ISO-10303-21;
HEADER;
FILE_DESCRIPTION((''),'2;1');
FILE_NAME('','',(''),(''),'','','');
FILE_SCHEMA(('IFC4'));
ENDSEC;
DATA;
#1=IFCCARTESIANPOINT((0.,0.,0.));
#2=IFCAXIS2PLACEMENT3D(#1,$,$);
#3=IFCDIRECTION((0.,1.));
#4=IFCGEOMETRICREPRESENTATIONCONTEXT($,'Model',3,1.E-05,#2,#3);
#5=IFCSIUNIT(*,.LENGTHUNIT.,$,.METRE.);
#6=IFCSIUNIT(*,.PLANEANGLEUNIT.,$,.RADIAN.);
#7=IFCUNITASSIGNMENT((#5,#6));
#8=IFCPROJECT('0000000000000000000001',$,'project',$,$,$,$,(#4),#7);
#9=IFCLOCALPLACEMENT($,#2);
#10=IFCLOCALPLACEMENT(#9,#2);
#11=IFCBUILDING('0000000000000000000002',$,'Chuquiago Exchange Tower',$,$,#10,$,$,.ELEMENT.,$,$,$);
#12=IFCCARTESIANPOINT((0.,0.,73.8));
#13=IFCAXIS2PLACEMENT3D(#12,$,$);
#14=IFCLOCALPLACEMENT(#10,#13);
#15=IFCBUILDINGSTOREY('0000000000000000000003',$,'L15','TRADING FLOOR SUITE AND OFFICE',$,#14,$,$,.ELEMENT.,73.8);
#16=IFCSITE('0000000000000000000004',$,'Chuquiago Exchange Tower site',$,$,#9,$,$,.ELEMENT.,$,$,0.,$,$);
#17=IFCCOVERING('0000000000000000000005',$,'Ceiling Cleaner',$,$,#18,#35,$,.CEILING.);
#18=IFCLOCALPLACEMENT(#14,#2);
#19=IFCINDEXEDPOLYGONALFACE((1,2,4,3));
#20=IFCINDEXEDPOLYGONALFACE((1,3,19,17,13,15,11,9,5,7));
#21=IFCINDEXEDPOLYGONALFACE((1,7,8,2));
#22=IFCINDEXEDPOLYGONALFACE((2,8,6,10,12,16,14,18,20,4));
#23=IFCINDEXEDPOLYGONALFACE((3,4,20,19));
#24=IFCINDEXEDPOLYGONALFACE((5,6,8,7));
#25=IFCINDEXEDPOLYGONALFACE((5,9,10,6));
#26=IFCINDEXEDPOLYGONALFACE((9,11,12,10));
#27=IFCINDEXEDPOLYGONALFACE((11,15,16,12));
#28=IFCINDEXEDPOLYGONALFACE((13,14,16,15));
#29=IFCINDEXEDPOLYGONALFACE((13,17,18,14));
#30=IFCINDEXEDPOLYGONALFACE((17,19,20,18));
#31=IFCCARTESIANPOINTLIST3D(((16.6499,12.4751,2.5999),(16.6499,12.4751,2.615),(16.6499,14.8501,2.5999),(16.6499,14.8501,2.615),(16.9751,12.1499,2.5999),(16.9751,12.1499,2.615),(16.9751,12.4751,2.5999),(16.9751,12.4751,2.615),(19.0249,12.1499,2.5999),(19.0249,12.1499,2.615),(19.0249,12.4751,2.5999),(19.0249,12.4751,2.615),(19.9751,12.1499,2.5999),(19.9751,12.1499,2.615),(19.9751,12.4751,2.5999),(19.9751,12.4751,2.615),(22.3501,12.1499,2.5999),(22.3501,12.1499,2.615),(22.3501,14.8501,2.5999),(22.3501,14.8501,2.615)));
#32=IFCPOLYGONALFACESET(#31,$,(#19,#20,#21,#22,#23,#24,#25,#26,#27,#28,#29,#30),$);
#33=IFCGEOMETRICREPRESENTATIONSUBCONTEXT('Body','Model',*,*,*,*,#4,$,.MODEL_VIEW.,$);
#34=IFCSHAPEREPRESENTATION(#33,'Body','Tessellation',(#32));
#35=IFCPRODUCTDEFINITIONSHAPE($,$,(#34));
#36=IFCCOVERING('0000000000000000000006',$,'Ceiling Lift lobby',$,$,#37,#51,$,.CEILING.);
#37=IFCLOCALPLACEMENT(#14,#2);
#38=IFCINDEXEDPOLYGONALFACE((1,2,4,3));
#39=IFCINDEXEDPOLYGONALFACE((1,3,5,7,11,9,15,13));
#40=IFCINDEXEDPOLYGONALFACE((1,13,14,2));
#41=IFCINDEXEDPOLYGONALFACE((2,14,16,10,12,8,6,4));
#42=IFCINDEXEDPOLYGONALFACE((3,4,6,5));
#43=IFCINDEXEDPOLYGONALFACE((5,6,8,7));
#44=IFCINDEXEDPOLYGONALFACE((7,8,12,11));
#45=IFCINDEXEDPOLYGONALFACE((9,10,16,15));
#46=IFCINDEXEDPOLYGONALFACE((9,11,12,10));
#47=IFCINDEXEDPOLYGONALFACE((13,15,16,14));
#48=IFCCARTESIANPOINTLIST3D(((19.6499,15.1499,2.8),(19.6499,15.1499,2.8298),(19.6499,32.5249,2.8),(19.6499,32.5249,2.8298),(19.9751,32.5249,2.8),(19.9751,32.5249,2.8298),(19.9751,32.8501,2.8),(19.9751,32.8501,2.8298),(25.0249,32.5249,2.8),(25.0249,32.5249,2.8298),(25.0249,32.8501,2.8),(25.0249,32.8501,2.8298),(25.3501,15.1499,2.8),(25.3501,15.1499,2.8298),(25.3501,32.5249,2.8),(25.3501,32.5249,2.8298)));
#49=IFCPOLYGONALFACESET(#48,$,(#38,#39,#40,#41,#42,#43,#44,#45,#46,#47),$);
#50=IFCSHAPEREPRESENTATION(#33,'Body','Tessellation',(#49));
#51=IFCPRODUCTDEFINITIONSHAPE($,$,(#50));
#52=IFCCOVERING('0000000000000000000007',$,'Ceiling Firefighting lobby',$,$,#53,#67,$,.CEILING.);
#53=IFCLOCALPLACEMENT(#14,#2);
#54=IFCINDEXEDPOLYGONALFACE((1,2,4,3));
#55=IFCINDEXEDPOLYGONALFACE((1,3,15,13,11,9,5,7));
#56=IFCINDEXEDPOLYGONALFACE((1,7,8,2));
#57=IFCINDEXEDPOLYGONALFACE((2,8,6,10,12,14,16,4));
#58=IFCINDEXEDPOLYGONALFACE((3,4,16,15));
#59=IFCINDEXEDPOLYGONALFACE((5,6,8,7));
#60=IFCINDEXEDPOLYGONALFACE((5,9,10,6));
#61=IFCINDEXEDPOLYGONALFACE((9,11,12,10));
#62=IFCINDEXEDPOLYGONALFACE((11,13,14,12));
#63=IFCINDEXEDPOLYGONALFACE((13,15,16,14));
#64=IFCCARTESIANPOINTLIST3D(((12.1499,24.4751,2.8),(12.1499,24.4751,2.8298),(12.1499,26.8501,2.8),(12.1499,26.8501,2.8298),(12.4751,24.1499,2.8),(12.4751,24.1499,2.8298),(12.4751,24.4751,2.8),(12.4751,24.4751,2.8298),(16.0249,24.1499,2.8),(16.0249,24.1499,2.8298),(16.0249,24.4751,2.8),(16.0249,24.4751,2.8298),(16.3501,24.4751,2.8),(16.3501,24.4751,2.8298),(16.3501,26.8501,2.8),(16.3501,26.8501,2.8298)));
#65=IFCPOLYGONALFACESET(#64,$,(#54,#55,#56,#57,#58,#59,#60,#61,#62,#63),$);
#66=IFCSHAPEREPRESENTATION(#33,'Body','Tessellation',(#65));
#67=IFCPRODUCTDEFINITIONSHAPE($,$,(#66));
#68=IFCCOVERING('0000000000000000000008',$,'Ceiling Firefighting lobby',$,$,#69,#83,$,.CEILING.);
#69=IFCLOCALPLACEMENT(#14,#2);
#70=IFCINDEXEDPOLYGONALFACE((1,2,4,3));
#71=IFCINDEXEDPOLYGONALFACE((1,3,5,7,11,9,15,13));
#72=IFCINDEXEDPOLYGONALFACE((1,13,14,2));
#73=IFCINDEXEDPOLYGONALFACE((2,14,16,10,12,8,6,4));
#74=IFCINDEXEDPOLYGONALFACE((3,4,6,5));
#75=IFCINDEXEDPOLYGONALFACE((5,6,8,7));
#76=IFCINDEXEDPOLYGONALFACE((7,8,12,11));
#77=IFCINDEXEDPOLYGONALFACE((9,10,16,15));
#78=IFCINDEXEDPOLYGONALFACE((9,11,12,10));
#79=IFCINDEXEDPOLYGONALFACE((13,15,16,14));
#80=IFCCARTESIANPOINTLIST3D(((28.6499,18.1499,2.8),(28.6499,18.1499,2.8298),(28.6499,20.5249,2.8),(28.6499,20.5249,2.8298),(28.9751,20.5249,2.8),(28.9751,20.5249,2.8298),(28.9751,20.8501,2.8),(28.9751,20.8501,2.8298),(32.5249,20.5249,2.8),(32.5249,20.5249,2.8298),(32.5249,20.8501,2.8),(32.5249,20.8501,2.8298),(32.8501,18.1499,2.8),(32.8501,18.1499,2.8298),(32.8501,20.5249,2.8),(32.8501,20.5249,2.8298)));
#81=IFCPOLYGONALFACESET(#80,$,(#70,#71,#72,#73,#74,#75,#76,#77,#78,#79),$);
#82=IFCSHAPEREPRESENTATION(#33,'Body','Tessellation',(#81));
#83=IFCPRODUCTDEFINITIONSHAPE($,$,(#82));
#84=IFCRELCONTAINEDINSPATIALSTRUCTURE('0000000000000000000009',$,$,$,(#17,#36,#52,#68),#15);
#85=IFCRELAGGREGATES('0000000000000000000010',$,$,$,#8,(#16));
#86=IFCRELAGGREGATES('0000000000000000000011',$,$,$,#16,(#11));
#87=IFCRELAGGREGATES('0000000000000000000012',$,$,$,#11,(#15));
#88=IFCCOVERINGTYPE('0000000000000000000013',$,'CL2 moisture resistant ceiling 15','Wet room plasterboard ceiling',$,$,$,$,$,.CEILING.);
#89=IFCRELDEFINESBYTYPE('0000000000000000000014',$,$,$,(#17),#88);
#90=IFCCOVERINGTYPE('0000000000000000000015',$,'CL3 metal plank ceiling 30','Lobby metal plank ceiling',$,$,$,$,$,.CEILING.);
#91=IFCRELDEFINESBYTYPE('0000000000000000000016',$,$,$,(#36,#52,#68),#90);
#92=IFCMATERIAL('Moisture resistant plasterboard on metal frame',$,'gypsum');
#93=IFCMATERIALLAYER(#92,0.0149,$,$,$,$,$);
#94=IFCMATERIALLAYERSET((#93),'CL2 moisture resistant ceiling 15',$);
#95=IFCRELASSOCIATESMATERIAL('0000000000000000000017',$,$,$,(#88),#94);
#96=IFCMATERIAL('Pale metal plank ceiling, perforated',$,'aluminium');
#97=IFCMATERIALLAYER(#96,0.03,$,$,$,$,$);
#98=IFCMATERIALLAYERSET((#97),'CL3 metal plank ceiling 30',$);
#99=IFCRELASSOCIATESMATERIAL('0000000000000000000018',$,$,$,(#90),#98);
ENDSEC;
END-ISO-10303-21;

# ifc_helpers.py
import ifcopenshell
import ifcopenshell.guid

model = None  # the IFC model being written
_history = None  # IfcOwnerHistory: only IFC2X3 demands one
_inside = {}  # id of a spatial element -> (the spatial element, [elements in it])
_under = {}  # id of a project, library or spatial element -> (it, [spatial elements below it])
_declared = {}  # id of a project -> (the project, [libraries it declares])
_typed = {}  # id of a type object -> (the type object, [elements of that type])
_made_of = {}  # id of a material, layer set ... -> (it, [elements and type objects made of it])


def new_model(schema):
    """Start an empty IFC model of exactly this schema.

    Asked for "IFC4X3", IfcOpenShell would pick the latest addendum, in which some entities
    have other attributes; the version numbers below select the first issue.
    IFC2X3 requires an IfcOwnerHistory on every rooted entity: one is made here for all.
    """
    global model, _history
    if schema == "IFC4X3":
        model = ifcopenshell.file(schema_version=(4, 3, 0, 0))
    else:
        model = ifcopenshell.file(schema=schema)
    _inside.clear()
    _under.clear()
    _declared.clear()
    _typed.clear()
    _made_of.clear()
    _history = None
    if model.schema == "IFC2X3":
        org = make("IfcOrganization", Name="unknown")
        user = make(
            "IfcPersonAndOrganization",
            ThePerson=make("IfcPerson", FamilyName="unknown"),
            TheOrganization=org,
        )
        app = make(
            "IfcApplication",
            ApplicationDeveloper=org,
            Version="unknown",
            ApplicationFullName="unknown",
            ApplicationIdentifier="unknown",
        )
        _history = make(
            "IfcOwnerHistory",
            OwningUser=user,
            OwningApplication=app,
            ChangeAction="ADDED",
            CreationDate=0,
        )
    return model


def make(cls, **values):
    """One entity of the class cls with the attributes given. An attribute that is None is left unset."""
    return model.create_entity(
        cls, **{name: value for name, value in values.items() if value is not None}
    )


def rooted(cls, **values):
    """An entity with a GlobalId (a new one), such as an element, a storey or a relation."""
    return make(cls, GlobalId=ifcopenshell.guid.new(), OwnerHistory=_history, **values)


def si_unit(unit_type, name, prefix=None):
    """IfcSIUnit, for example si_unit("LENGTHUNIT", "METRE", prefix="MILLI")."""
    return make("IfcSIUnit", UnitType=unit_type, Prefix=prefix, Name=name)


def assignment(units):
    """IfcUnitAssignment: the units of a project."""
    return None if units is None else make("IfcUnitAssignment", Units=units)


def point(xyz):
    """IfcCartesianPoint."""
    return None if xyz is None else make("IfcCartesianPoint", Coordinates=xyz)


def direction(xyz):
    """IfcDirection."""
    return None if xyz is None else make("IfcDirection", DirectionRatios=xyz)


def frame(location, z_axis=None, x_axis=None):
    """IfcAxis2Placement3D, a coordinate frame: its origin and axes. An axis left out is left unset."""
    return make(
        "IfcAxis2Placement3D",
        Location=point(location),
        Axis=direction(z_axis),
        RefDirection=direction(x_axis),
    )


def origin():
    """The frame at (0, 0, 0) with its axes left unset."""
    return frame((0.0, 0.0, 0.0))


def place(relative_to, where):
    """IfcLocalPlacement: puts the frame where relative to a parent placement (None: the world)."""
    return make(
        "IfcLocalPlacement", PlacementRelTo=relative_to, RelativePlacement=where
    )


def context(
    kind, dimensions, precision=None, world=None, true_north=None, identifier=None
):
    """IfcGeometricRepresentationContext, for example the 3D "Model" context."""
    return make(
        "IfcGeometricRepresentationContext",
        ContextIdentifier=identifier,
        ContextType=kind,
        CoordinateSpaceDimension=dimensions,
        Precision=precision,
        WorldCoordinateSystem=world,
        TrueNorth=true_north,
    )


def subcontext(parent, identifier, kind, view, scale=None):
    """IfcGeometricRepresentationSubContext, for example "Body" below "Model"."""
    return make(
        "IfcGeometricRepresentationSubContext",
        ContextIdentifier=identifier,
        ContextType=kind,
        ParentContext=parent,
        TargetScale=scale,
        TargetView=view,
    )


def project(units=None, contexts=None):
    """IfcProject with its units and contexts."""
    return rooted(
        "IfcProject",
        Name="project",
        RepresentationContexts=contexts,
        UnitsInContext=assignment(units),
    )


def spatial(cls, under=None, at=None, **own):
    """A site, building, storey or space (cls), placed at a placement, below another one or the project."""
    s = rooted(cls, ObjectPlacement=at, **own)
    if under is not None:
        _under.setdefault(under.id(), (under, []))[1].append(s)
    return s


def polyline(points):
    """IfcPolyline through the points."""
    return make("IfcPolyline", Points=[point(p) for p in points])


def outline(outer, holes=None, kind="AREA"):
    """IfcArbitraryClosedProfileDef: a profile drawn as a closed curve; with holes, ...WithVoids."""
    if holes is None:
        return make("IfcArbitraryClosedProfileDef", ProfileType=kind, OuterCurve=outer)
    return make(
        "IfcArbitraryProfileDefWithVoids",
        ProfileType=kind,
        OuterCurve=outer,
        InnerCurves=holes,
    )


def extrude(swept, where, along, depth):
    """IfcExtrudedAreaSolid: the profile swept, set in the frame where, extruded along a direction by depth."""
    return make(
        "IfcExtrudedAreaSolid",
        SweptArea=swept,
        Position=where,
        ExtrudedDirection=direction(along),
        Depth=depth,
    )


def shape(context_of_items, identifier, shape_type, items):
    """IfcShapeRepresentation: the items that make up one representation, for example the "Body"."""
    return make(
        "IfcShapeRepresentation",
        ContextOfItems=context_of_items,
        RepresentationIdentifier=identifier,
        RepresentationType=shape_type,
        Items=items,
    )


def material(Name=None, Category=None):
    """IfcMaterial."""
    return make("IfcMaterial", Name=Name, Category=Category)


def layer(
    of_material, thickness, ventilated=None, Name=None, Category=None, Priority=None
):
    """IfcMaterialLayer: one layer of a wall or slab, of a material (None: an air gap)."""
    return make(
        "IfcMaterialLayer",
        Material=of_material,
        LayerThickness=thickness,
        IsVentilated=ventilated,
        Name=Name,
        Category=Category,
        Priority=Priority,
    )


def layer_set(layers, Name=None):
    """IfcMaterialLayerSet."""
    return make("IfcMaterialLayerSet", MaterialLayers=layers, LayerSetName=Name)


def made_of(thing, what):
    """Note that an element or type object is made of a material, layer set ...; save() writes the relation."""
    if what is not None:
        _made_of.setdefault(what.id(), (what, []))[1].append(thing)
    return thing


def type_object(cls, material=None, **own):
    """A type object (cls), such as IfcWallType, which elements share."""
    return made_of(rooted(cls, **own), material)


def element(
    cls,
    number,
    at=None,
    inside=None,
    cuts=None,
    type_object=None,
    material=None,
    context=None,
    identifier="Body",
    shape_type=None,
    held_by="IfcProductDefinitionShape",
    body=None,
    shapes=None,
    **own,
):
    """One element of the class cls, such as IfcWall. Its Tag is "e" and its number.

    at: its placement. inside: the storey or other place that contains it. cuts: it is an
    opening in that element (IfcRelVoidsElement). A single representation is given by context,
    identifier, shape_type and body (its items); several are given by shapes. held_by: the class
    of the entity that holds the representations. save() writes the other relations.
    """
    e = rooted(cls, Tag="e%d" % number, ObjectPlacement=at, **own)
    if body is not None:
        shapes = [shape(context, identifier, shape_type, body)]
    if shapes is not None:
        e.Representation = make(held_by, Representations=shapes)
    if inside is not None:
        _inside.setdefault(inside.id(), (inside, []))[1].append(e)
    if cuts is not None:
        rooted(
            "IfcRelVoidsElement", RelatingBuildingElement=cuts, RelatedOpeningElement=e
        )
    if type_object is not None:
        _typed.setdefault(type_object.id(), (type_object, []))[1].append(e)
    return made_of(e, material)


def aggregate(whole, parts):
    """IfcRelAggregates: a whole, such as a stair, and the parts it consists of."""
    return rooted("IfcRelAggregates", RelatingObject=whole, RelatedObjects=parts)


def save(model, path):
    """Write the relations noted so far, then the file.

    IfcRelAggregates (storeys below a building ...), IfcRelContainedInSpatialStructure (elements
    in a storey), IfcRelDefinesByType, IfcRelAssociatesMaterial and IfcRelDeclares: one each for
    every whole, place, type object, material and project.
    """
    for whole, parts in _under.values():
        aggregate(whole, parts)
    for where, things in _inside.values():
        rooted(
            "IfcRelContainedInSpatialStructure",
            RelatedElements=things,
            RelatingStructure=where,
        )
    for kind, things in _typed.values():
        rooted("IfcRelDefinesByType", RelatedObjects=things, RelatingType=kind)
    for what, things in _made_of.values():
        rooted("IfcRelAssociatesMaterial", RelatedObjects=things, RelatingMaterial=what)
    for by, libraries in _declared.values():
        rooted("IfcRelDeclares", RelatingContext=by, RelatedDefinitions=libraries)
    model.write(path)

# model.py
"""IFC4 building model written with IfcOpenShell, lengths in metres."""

from ifc_helpers import new_model, si_unit, direction, frame, origin, place, context, subcontext, project, spatial, polyline, outline, extrude, material, layer, layer_set, type_object, element, save


model = new_model("IFC4")

# Units and contexts
model_context = context("Model", 3, precision=1e-05, world=origin(), true_north=direction((0.0, 1.0)))
body_context = subcontext(model_context, "Body", "Model", "MODEL_VIEW")
ifc_project = project(units=[si_unit("LENGTHUNIT", "METRE"), si_unit("PLANEANGLEUNIT", "RADIAN")], contexts=[model_context])

# Site, building, storey
site_placement = place(None, origin())
site = spatial("IfcSite", under=ifc_project, at=site_placement, Name="Chuquiago Exchange Tower site", CompositionType="ELEMENT", RefElevation=0.0)
building_placement = place(site_placement, origin())
building = spatial("IfcBuilding", under=site, at=building_placement, Name="Chuquiago Exchange Tower", CompositionType="ELEMENT")
storey_placement = place(building_placement, frame((0.0, 0.0, 73.8)))
storey = spatial("IfcBuildingStorey", under=building, at=storey_placement, Name="L15", Description="TRADING FLOOR SUITE AND OFFICE", CompositionType="ELEMENT", Elevation=73.8)

# Coverings
ifc_material_1 = material(Name="Moisture resistant plasterboard on metal frame", Category="gypsum")
ifc_layer_1 = layer(ifc_material_1, 0.0149)
ifc_layer_set_1 = layer_set([ifc_layer_1], Name="CL2 moisture resistant ceiling 15")
covering_type_1 = type_object("IfcCoveringType", Name="CL2 moisture resistant ceiling 15", Description="Wet room plasterboard ceiling", PredefinedType="CEILING", material=ifc_layer_set_1)
covering_1_placement = place(storey_placement, frame((0.0, 0.0, 2.5999)))
element("IfcCovering", 1, at=covering_1_placement, inside=storey, type_object=covering_type_1, Name="Ceiling Cleaner", PredefinedType="CEILING", context=body_context, shape_type="SweptSolid", body=[
    extrude(outline(polyline([(19.9751, 12.1499), (19.9751, 12.4751), (19.0249, 12.4751), (19.0249, 12.1499), (16.9751, 12.1499), (16.9751, 12.4751), (16.6499, 12.4751), (16.6499, 14.8501), (22.3501, 14.8501), (22.3501, 12.1499), (19.9751, 12.1499)])), origin(), (0.0, 0.0, 1.0), 0.0151),
])
ifc_material_2 = material(Name="Pale metal plank ceiling, perforated", Category="aluminium")
ifc_layer_2 = layer(ifc_material_2, 0.03)
ifc_layer_set_2 = layer_set([ifc_layer_2], Name="CL3 metal plank ceiling 30")
covering_type_2 = type_object("IfcCoveringType", Name="CL3 metal plank ceiling 30", Description="Lobby metal plank ceiling", PredefinedType="CEILING", material=ifc_layer_set_2)
covering_2_placement = place(storey_placement, frame((0.0, 0.0, 2.8)))
element("IfcCovering", 2, at=covering_2_placement, inside=storey, type_object=covering_type_2, Name="Ceiling Lift lobby", PredefinedType="CEILING", context=body_context, shape_type="SweptSolid", body=[
    extrude(outline(polyline([(19.6499, 15.1499), (19.6499, 32.5249), (19.9751, 32.5249), (19.9751, 32.8501), (25.0249, 32.8501), (25.0249, 32.5249), (25.3501, 32.5249), (25.3501, 15.1499), (19.6499, 15.1499)])), origin(), (0.0, 0.0, 1.0), 0.0298),
])
covering_3_placement = place(storey_placement, frame((0.0, 0.0, 2.8)))
element("IfcCovering", 3, at=covering_3_placement, inside=storey, type_object=covering_type_2, Name="Ceiling Firefighting lobby", PredefinedType="CEILING", context=body_context, shape_type="SweptSolid", body=[
    extrude(outline(polyline([(12.4751, 24.1499), (12.4751, 24.4751), (12.1499, 24.4751), (12.1499, 26.8501), (16.3501, 26.8501), (16.3501, 24.4751), (16.0249, 24.4751), (16.0249, 24.1499), (12.4751, 24.1499)])), origin(), (0.0, 0.0, 1.0), 0.0298),
])
covering_4_placement = place(storey_placement, frame((0.0, 0.0, 2.8)))
element("IfcCovering", 4, at=covering_4_placement, inside=storey, type_object=covering_type_2, Name="Ceiling Firefighting lobby", PredefinedType="CEILING", context=body_context, shape_type="SweptSolid", body=[
    extrude(outline(polyline([(28.6499, 18.1499), (28.6499, 20.5249), (28.9751, 20.5249), (28.9751, 20.8501), (32.5249, 20.8501), (32.5249, 20.5249), (32.8501, 20.5249), (32.8501, 18.1499), (28.6499, 18.1499)])), origin(), (0.0, 0.0, 1.0), 0.0298),
])

save(model, "model.ifc")
